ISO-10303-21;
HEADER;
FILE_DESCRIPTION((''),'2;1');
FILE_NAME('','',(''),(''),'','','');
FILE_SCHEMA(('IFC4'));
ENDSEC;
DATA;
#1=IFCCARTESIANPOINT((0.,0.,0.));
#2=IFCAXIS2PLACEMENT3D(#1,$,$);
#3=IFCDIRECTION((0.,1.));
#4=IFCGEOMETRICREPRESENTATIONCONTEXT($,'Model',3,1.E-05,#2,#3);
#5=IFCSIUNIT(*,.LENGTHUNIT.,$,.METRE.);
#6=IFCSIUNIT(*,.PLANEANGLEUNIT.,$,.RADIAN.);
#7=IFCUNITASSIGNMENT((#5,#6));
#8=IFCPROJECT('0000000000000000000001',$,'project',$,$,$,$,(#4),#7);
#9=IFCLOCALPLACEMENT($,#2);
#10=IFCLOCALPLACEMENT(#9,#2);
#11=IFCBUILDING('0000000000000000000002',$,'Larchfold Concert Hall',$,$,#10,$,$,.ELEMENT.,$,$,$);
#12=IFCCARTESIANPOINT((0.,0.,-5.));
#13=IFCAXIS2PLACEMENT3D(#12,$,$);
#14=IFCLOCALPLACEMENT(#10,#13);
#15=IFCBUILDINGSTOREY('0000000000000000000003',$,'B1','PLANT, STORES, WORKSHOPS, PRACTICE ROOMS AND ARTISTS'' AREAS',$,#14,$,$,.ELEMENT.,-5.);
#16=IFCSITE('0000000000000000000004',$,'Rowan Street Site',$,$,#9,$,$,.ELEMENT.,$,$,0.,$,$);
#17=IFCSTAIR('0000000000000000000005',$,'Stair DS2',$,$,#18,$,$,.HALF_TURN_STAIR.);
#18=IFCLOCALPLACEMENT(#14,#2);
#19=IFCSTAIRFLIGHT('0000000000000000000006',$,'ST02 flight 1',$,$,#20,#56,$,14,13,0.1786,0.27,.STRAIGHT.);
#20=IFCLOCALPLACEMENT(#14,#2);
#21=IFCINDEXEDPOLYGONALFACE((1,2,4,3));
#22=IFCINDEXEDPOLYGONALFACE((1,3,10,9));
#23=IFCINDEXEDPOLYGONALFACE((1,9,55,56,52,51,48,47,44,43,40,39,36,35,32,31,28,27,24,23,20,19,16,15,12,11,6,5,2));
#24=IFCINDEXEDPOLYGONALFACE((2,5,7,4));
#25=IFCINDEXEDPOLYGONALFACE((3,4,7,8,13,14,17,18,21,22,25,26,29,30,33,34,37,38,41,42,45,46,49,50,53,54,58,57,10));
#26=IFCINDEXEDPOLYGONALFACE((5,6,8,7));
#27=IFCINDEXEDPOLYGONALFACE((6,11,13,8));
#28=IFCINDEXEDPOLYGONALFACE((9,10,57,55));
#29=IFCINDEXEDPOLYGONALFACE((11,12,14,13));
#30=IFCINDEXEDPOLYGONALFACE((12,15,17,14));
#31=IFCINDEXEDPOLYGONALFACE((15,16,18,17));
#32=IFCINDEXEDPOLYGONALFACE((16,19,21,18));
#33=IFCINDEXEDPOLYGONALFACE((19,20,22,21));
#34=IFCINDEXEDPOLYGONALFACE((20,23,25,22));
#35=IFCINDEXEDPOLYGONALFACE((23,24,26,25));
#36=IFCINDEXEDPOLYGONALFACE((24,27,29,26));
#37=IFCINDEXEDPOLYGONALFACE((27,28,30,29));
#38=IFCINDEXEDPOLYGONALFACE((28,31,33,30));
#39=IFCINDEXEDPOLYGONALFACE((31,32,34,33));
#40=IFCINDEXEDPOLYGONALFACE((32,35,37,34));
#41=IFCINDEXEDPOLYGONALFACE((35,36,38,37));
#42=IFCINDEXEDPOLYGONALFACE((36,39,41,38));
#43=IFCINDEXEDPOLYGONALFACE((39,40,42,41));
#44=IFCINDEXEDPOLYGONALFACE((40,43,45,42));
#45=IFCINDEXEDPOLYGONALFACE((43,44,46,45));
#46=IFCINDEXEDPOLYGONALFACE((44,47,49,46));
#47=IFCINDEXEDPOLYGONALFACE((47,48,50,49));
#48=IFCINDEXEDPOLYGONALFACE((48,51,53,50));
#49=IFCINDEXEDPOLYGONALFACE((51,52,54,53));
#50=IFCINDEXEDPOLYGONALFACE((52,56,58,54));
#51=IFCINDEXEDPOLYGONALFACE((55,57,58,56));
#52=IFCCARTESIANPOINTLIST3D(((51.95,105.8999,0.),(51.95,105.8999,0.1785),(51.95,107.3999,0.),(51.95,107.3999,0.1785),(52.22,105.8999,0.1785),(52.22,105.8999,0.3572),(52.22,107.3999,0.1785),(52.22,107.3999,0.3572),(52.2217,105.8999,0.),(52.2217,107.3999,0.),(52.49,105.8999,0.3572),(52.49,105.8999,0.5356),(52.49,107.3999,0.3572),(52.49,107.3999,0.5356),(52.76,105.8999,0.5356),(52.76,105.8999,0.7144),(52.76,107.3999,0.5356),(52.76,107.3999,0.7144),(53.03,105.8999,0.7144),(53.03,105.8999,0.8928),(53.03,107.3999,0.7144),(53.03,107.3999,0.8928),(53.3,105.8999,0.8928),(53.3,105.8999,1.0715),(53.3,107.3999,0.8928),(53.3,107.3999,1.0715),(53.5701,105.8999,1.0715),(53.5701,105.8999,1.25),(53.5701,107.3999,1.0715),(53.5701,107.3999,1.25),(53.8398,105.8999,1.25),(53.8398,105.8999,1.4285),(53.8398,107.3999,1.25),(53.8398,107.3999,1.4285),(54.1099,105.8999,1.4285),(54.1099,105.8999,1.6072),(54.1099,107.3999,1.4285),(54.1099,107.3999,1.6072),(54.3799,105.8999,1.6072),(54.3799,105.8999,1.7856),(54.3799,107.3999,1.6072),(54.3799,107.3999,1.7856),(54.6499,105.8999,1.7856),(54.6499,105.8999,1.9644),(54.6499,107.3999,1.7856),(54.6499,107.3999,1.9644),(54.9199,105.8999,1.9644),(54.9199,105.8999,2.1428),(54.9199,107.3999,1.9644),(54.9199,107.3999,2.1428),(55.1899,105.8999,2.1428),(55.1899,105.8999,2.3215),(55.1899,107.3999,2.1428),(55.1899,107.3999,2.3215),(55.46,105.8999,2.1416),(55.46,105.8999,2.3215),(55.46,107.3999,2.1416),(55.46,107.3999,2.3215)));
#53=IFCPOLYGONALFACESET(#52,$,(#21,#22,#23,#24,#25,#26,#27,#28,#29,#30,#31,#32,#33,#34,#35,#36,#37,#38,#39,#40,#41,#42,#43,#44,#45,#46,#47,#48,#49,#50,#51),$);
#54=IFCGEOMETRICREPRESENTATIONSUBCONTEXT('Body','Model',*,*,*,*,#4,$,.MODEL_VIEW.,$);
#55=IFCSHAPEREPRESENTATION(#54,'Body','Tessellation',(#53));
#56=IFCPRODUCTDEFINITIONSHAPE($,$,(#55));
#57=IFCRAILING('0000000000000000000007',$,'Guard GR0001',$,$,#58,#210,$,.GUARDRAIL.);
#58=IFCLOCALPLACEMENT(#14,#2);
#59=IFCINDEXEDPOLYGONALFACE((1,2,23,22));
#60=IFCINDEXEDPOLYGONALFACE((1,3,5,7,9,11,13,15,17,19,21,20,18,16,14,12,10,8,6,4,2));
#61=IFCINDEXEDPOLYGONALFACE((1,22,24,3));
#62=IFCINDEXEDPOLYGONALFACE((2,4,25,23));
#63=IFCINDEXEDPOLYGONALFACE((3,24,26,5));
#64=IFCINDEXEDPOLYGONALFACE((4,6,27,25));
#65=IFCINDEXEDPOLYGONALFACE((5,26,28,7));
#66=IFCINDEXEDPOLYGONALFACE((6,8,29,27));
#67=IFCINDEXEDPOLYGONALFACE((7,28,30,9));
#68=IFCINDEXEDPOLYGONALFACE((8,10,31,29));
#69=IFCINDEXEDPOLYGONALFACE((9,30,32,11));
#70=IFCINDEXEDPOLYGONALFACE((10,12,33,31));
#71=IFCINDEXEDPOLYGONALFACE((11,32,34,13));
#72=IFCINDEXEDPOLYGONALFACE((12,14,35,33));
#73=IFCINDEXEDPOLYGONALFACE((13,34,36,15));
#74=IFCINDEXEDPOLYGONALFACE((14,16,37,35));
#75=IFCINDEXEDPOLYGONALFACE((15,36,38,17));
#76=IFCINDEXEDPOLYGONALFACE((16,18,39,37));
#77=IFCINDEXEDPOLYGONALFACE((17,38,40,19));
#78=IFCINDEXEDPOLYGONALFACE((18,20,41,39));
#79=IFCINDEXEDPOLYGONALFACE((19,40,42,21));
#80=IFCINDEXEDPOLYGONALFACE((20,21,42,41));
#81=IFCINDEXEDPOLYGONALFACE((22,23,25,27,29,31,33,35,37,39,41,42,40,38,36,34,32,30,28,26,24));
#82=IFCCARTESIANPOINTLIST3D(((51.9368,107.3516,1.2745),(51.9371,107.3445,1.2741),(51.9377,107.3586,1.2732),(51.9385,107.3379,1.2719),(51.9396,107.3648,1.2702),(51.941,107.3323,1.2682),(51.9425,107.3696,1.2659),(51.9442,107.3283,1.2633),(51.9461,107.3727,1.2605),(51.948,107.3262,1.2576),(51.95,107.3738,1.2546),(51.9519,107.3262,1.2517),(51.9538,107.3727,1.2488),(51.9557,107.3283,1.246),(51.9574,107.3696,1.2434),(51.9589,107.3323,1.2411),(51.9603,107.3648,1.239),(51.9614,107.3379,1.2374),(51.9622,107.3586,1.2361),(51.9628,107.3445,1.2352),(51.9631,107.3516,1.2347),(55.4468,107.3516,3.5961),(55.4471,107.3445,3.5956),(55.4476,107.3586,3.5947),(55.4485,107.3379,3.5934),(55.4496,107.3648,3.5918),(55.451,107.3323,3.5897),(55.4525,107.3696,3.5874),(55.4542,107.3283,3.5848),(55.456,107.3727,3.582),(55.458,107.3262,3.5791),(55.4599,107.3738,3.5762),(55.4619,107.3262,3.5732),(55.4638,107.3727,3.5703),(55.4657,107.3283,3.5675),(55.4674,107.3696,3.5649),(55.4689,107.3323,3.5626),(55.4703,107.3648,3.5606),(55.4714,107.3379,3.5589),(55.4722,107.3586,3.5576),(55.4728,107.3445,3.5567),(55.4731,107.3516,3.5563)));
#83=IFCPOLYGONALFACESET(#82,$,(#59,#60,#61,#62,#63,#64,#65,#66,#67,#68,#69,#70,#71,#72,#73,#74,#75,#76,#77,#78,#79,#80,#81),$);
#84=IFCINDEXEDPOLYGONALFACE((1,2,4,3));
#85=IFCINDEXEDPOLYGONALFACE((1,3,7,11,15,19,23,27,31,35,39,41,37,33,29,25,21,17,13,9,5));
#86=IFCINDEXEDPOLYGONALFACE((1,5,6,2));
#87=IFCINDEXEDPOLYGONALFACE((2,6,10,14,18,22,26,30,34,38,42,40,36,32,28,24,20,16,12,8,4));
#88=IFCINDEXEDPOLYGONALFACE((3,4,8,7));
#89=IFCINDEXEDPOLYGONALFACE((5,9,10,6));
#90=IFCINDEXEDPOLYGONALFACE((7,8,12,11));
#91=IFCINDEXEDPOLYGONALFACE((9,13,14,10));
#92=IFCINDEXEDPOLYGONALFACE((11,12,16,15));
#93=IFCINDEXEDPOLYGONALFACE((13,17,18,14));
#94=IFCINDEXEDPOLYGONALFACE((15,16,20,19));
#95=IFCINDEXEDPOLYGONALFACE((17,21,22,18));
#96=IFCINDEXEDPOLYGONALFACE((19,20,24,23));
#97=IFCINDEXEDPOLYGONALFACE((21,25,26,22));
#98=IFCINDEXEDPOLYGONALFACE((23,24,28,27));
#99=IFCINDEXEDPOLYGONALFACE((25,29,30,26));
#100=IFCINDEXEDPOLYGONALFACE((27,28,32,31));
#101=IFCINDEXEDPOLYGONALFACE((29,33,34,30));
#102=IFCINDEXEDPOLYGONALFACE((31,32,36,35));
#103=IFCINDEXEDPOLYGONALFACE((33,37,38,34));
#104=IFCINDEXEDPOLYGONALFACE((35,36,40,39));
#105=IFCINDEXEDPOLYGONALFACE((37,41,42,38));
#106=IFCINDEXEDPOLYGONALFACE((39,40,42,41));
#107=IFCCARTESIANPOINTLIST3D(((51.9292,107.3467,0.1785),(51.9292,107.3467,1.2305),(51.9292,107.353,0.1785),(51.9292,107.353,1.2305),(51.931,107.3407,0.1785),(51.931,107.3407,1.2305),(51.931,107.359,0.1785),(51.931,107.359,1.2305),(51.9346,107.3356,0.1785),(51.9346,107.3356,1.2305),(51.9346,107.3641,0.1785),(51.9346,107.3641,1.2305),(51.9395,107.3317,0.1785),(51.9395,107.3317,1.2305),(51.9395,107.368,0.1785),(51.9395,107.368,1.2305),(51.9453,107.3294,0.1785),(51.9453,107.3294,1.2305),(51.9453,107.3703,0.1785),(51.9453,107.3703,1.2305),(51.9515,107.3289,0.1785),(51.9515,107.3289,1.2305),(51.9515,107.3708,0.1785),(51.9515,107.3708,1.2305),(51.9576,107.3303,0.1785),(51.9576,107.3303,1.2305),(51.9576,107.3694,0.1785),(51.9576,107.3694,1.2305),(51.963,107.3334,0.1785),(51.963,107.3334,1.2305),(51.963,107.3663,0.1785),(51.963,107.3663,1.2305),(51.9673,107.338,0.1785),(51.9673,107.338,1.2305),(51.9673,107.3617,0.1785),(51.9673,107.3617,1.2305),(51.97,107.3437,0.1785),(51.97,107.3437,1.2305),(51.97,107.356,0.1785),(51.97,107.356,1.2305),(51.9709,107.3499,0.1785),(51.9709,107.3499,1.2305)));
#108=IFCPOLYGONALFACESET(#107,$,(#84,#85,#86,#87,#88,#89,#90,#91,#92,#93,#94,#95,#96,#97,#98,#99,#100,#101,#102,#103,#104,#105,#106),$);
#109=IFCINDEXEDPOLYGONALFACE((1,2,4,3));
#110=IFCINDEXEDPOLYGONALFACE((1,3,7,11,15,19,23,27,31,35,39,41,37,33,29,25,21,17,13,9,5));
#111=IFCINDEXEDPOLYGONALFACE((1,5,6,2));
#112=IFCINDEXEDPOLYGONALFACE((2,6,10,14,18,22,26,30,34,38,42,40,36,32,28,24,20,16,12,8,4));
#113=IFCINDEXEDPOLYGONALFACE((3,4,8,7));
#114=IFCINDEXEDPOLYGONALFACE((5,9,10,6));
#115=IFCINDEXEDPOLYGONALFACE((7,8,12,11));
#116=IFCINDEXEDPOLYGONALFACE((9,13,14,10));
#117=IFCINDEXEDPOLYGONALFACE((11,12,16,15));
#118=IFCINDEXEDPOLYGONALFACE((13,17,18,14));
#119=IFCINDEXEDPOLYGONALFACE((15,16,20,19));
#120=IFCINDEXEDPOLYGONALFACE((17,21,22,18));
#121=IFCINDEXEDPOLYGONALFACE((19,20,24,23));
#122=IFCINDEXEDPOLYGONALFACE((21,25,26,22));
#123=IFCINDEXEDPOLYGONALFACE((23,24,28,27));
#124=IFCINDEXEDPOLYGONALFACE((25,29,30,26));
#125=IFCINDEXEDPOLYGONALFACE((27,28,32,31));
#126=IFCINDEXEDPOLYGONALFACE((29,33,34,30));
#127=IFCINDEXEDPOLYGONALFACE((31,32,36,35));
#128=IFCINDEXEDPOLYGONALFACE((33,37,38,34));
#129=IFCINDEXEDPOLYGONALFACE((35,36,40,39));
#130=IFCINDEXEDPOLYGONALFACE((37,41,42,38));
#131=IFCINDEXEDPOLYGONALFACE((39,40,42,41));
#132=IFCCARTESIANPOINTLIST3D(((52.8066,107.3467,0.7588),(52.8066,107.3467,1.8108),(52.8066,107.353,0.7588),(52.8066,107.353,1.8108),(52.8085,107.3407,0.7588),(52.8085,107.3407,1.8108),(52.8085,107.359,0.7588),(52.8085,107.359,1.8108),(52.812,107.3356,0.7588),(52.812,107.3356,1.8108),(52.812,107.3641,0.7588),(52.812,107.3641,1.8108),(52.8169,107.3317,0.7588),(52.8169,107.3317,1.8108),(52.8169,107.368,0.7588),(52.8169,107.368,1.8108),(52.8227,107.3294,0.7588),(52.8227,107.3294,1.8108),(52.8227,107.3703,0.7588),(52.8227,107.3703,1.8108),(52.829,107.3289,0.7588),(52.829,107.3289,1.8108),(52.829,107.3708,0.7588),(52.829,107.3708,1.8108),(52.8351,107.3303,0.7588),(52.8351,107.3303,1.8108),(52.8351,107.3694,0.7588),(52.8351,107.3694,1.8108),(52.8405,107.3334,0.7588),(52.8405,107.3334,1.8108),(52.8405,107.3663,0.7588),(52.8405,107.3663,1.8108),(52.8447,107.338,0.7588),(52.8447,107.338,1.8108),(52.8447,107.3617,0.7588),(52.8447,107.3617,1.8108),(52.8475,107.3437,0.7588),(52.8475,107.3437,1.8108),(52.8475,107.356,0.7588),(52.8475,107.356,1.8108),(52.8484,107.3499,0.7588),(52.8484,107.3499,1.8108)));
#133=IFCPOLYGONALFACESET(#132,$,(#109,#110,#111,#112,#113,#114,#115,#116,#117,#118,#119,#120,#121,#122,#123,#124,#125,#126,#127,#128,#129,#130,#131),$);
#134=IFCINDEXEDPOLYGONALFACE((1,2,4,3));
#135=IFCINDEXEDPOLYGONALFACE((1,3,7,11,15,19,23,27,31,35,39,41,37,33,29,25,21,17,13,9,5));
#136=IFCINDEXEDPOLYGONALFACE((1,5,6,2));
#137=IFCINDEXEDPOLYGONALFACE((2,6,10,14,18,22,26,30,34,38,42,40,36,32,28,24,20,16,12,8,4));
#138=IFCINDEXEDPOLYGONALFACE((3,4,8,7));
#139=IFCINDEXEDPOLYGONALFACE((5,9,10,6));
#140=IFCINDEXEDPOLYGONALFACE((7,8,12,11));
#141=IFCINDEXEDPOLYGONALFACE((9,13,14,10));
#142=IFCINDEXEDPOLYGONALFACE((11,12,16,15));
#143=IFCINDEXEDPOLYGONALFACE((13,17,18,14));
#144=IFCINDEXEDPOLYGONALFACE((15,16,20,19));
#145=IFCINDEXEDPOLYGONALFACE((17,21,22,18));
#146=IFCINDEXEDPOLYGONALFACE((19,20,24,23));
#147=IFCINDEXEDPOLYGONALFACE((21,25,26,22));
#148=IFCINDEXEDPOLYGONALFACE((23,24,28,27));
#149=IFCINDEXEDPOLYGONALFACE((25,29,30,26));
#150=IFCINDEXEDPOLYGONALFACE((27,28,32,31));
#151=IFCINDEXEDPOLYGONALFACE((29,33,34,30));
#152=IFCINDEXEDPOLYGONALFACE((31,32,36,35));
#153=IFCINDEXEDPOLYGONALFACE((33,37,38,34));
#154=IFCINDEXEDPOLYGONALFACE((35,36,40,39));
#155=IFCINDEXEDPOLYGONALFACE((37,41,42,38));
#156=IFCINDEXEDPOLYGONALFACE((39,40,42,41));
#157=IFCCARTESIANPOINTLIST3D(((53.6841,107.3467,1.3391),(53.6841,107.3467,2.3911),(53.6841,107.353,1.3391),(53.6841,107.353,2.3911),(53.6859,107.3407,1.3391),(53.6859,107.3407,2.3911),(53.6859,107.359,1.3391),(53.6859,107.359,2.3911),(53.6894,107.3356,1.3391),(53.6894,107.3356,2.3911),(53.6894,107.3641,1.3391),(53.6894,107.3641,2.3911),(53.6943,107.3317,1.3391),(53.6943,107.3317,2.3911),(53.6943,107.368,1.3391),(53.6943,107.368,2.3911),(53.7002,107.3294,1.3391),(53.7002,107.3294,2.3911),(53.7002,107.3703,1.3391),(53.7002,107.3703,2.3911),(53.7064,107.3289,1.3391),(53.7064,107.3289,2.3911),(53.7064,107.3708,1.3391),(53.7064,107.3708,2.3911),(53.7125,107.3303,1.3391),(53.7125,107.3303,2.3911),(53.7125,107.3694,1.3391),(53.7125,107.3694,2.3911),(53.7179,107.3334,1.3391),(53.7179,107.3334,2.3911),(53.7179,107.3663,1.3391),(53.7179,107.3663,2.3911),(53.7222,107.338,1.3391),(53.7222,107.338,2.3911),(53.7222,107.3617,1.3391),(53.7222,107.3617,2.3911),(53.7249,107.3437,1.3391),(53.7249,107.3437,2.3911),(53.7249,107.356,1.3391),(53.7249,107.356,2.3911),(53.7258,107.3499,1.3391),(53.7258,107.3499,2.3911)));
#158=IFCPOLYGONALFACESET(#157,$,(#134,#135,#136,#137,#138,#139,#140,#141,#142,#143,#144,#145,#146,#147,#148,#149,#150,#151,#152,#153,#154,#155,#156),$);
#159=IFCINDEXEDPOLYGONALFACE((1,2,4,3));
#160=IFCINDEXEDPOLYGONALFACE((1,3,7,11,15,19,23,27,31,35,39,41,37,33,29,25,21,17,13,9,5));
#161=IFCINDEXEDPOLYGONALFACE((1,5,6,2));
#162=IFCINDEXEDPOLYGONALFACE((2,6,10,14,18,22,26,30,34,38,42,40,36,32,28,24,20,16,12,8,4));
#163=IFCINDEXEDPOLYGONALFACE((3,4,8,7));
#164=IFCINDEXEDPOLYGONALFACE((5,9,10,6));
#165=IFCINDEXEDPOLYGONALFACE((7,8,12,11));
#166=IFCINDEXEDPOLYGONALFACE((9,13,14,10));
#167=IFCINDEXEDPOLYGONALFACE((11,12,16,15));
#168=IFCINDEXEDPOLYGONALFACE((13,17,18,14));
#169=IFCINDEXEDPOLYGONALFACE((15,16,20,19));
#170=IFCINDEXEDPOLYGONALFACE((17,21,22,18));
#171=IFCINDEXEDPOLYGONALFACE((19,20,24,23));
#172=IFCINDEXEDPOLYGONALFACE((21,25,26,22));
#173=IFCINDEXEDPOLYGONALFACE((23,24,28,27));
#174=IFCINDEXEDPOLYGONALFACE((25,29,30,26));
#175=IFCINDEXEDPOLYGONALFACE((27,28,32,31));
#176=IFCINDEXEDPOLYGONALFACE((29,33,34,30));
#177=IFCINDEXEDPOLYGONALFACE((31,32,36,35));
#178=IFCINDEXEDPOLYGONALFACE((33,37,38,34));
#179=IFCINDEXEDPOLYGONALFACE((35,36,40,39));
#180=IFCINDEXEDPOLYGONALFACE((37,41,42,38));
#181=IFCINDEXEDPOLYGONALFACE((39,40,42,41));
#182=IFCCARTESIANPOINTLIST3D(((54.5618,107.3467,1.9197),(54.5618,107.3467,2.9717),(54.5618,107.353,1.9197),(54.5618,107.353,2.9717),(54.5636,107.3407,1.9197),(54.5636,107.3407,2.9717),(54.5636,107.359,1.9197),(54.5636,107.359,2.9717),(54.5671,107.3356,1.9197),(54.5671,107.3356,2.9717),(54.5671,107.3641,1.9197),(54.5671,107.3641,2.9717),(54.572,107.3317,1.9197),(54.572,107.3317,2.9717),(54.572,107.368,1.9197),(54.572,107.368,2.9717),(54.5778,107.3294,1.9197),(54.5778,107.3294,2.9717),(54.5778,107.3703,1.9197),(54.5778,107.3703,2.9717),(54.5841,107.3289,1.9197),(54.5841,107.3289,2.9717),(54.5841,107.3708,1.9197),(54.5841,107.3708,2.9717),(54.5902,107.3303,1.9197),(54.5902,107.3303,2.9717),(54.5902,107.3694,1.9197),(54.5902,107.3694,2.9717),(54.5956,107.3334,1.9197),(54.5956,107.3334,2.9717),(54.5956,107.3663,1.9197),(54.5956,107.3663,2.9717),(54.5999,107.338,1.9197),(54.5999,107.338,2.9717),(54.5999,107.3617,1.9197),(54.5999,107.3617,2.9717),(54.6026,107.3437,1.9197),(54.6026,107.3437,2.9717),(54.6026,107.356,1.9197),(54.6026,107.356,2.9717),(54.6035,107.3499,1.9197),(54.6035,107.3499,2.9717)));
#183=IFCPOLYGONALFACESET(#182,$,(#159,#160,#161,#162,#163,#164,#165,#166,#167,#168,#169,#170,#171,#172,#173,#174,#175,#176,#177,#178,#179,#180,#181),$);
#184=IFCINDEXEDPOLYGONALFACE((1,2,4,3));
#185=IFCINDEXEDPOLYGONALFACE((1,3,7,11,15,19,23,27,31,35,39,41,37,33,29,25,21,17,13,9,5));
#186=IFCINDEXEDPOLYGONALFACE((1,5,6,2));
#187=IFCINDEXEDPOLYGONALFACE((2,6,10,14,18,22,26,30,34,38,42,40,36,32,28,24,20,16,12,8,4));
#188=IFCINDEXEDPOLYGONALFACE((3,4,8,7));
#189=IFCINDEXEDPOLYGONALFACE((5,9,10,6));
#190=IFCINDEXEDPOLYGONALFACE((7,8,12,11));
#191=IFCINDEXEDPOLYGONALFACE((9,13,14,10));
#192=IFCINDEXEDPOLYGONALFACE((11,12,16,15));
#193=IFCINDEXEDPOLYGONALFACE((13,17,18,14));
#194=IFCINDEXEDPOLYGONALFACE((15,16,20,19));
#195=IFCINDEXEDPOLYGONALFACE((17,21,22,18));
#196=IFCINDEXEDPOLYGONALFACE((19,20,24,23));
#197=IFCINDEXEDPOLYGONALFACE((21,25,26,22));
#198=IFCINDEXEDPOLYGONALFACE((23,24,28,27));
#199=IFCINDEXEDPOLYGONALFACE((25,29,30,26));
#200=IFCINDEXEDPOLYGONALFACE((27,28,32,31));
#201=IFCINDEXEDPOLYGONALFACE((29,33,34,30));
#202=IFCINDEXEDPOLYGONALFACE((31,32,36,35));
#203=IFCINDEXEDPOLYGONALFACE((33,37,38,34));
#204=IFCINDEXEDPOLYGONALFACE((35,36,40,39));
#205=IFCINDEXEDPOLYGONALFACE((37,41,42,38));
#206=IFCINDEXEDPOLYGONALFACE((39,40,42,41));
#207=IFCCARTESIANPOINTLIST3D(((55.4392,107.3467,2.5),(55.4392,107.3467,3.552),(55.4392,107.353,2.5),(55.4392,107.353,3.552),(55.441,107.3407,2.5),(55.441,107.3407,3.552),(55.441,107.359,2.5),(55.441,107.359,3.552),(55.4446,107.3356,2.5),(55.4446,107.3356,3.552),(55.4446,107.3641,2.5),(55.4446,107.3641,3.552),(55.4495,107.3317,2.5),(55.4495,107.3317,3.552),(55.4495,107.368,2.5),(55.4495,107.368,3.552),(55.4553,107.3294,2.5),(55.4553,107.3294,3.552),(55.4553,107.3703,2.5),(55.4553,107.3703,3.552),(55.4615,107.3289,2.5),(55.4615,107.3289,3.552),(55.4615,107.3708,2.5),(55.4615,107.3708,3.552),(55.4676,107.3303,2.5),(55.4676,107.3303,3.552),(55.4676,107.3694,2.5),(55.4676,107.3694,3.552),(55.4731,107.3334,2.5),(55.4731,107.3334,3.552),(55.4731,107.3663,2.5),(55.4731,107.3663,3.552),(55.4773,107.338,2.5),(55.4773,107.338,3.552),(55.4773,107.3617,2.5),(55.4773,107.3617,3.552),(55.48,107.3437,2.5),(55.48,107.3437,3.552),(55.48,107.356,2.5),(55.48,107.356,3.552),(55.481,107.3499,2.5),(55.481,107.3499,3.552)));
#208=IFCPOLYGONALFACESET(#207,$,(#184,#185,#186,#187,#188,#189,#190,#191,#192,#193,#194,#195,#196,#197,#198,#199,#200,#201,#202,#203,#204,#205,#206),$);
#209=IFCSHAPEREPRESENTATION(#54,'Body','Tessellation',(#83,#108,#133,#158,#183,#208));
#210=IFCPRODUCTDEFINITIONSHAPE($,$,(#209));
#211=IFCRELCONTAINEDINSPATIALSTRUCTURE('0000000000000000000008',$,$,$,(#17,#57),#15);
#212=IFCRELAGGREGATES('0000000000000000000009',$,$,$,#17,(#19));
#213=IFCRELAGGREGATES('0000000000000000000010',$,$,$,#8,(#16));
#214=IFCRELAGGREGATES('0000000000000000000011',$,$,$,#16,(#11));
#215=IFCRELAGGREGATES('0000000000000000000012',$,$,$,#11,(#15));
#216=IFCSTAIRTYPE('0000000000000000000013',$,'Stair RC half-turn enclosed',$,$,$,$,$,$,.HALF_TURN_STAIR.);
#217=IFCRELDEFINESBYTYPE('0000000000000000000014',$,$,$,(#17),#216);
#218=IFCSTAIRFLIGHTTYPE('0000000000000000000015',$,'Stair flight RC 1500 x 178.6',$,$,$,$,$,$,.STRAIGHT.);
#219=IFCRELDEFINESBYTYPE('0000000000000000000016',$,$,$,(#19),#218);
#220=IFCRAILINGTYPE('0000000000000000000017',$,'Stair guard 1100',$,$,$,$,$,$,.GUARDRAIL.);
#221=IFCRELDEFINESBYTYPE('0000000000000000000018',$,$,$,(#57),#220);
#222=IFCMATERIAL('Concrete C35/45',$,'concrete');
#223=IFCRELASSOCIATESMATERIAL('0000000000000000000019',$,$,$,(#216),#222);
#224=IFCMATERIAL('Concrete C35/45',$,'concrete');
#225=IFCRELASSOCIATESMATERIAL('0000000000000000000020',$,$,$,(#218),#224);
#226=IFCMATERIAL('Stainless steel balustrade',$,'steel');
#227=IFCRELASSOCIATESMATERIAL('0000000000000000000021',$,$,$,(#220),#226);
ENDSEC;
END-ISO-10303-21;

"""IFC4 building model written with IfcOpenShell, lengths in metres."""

from ifc_helpers import new_model, si_unit, direction, frame, origin, origin_2d, place, context, subcontext, project, spatial, polyline, circle, outline, extrude, material, type_object, element, aggregate, save


model = new_model("IFC4")

# Units and contexts
model_context = context("Model", 3, precision=1e-05, world=origin(), true_north=direction((0.0, 1.0)))
body_context = subcontext(model_context, "Body", "Model", "MODEL_VIEW")
ifc_project = project(units=[si_unit("LENGTHUNIT", "METRE"), si_unit("PLANEANGLEUNIT", "RADIAN")], contexts=[model_context])

# Site, building, storey
site_placement = place(None, origin())
site = spatial("IfcSite", under=ifc_project, at=site_placement, Name="Rowan Street Site", CompositionType="ELEMENT", RefElevation=0.0)
building_placement = place(site_placement, origin())
building = spatial("IfcBuilding", under=site, at=building_placement, Name="Larchfold Concert Hall", CompositionType="ELEMENT")
storey_placement = place(building_placement, frame((0.0, 0.0, -5.0)))
storey = spatial("IfcBuildingStorey", under=building, at=storey_placement, Name="B1", Description="PLANT, STORES, WORKSHOPS, PRACTICE ROOMS AND ARTISTS' AREAS", CompositionType="ELEMENT", Elevation=-5.0)

# Stair, stair flight
ifc_material_1 = material(Name="Concrete C35/45", Category="concrete")
stair_type = type_object("IfcStairType", Name="Stair RC half-turn enclosed", PredefinedType="HALF_TURN_STAIR", material=ifc_material_1)
stair_placement = place(storey_placement, origin())
stair = element("IfcStair", 1, at=stair_placement, inside=storey, type_object=stair_type, Name="Stair DS2", PredefinedType="HALF_TURN_STAIR")
ifc_material_2 = material(Name="Concrete C35/45", Category="concrete")
stair_flight_type = type_object("IfcStairFlightType", Name="Stair flight RC 1500 x 178.6", PredefinedType="STRAIGHT", material=ifc_material_2)
stair_flight_placement = place(storey_placement, frame((51.95, 106.6499, 0.0), z_axis=(0.0, 0.0, 1.0), x_axis=(1.0, 0.0, 0.0)))
stair_flight = element("IfcStairFlight", 2, at=stair_flight_placement, type_object=stair_flight_type, Name="ST02 flight 1", NumberOfRisers=14, NumberOfTreads=13, PredefinedType="STRAIGHT", RiserHeight=0.1786, TreadLength=0.27, context=body_context, shape_type="SweptSolid", body=[
    extrude(outline(polyline([(0.0, 0.0), (0.0, 0.1785), (0.27, 0.1785), (0.27, 0.3572), (0.54, 0.3572), (0.54, 0.5356), (0.8101, 0.5356), (0.8101, 0.7144), (1.0801, 0.7144), (1.0801, 0.8928), (1.3501, 0.8928), (1.3501, 1.0715), (1.6201, 1.0715), (1.6201, 1.25), (1.8899, 1.25), (1.8899, 1.4285), (2.1599, 1.4285), (2.1599, 1.6072), (2.4299, 1.6072), (2.4299, 1.7856), (2.7, 1.7856), (2.7, 1.9644), (2.97, 1.9644), (2.97, 2.1428), (3.24, 2.1428), (3.24, 2.3215), (3.51, 2.3215), (3.51, 2.5), (3.51, 2.1416), (0.2717, 0.0), (0.0, 0.0)])), frame((0.0, 0.75, 0.0), z_axis=(0.0, -1.0, 0.0), x_axis=(1.0, 0.0, 0.0)), (0.0, 0.0, 1.0), 1.5),
])
aggregate(stair, [stair_flight])

# Railing
ifc_material_3 = material(Name="Stainless steel balustrade", Category="steel")
railing_type_1 = type_object("IfcRailingType", Name="Stair guard 1100", PredefinedType="GUARDRAIL", material=ifc_material_3)
railing_1_placement = place(storey_placement, frame((51.95, 107.3499, 0.1785)))
element("IfcRailing", 3, at=railing_1_placement, inside=storey, type_object=railing_type_1, Name="Guard GR0001", PredefinedType="GUARDRAIL", context=body_context, shape_type="SweptSolid", body=[
    extrude(circle(Radius=0.0239, at=origin_2d()), frame((0.0, 0.0, 1.0762), z_axis=(0.834071, 0.0, 0.551657), x_axis=(0.0, 1.0, 0.0)), (0.0, 0.0, 1.0), 4.2083),
    extrude(circle(Radius=0.021, at=origin_2d()), origin(), (0.0, 0.0, 1.0), 1.052),
    extrude(circle(Radius=0.021, at=origin_2d()), frame((0.8774, 0.0, 0.5803)), (0.0, 0.0, 1.0), 1.052),
    extrude(circle(Radius=0.021, at=origin_2d()), frame((1.7549, 0.0, 1.1606)), (0.0, 0.0, 1.0), 1.052),
    extrude(circle(Radius=0.021, at=origin_2d()), frame((2.6326, 0.0, 1.7412)), (0.0, 0.0, 1.0), 1.052),
    extrude(circle(Radius=0.021, at=origin_2d()), frame((3.51, 0.0, 2.3215)), (0.0, 0.0, 1.0), 1.052),
])

save(model, "model.ifc")
